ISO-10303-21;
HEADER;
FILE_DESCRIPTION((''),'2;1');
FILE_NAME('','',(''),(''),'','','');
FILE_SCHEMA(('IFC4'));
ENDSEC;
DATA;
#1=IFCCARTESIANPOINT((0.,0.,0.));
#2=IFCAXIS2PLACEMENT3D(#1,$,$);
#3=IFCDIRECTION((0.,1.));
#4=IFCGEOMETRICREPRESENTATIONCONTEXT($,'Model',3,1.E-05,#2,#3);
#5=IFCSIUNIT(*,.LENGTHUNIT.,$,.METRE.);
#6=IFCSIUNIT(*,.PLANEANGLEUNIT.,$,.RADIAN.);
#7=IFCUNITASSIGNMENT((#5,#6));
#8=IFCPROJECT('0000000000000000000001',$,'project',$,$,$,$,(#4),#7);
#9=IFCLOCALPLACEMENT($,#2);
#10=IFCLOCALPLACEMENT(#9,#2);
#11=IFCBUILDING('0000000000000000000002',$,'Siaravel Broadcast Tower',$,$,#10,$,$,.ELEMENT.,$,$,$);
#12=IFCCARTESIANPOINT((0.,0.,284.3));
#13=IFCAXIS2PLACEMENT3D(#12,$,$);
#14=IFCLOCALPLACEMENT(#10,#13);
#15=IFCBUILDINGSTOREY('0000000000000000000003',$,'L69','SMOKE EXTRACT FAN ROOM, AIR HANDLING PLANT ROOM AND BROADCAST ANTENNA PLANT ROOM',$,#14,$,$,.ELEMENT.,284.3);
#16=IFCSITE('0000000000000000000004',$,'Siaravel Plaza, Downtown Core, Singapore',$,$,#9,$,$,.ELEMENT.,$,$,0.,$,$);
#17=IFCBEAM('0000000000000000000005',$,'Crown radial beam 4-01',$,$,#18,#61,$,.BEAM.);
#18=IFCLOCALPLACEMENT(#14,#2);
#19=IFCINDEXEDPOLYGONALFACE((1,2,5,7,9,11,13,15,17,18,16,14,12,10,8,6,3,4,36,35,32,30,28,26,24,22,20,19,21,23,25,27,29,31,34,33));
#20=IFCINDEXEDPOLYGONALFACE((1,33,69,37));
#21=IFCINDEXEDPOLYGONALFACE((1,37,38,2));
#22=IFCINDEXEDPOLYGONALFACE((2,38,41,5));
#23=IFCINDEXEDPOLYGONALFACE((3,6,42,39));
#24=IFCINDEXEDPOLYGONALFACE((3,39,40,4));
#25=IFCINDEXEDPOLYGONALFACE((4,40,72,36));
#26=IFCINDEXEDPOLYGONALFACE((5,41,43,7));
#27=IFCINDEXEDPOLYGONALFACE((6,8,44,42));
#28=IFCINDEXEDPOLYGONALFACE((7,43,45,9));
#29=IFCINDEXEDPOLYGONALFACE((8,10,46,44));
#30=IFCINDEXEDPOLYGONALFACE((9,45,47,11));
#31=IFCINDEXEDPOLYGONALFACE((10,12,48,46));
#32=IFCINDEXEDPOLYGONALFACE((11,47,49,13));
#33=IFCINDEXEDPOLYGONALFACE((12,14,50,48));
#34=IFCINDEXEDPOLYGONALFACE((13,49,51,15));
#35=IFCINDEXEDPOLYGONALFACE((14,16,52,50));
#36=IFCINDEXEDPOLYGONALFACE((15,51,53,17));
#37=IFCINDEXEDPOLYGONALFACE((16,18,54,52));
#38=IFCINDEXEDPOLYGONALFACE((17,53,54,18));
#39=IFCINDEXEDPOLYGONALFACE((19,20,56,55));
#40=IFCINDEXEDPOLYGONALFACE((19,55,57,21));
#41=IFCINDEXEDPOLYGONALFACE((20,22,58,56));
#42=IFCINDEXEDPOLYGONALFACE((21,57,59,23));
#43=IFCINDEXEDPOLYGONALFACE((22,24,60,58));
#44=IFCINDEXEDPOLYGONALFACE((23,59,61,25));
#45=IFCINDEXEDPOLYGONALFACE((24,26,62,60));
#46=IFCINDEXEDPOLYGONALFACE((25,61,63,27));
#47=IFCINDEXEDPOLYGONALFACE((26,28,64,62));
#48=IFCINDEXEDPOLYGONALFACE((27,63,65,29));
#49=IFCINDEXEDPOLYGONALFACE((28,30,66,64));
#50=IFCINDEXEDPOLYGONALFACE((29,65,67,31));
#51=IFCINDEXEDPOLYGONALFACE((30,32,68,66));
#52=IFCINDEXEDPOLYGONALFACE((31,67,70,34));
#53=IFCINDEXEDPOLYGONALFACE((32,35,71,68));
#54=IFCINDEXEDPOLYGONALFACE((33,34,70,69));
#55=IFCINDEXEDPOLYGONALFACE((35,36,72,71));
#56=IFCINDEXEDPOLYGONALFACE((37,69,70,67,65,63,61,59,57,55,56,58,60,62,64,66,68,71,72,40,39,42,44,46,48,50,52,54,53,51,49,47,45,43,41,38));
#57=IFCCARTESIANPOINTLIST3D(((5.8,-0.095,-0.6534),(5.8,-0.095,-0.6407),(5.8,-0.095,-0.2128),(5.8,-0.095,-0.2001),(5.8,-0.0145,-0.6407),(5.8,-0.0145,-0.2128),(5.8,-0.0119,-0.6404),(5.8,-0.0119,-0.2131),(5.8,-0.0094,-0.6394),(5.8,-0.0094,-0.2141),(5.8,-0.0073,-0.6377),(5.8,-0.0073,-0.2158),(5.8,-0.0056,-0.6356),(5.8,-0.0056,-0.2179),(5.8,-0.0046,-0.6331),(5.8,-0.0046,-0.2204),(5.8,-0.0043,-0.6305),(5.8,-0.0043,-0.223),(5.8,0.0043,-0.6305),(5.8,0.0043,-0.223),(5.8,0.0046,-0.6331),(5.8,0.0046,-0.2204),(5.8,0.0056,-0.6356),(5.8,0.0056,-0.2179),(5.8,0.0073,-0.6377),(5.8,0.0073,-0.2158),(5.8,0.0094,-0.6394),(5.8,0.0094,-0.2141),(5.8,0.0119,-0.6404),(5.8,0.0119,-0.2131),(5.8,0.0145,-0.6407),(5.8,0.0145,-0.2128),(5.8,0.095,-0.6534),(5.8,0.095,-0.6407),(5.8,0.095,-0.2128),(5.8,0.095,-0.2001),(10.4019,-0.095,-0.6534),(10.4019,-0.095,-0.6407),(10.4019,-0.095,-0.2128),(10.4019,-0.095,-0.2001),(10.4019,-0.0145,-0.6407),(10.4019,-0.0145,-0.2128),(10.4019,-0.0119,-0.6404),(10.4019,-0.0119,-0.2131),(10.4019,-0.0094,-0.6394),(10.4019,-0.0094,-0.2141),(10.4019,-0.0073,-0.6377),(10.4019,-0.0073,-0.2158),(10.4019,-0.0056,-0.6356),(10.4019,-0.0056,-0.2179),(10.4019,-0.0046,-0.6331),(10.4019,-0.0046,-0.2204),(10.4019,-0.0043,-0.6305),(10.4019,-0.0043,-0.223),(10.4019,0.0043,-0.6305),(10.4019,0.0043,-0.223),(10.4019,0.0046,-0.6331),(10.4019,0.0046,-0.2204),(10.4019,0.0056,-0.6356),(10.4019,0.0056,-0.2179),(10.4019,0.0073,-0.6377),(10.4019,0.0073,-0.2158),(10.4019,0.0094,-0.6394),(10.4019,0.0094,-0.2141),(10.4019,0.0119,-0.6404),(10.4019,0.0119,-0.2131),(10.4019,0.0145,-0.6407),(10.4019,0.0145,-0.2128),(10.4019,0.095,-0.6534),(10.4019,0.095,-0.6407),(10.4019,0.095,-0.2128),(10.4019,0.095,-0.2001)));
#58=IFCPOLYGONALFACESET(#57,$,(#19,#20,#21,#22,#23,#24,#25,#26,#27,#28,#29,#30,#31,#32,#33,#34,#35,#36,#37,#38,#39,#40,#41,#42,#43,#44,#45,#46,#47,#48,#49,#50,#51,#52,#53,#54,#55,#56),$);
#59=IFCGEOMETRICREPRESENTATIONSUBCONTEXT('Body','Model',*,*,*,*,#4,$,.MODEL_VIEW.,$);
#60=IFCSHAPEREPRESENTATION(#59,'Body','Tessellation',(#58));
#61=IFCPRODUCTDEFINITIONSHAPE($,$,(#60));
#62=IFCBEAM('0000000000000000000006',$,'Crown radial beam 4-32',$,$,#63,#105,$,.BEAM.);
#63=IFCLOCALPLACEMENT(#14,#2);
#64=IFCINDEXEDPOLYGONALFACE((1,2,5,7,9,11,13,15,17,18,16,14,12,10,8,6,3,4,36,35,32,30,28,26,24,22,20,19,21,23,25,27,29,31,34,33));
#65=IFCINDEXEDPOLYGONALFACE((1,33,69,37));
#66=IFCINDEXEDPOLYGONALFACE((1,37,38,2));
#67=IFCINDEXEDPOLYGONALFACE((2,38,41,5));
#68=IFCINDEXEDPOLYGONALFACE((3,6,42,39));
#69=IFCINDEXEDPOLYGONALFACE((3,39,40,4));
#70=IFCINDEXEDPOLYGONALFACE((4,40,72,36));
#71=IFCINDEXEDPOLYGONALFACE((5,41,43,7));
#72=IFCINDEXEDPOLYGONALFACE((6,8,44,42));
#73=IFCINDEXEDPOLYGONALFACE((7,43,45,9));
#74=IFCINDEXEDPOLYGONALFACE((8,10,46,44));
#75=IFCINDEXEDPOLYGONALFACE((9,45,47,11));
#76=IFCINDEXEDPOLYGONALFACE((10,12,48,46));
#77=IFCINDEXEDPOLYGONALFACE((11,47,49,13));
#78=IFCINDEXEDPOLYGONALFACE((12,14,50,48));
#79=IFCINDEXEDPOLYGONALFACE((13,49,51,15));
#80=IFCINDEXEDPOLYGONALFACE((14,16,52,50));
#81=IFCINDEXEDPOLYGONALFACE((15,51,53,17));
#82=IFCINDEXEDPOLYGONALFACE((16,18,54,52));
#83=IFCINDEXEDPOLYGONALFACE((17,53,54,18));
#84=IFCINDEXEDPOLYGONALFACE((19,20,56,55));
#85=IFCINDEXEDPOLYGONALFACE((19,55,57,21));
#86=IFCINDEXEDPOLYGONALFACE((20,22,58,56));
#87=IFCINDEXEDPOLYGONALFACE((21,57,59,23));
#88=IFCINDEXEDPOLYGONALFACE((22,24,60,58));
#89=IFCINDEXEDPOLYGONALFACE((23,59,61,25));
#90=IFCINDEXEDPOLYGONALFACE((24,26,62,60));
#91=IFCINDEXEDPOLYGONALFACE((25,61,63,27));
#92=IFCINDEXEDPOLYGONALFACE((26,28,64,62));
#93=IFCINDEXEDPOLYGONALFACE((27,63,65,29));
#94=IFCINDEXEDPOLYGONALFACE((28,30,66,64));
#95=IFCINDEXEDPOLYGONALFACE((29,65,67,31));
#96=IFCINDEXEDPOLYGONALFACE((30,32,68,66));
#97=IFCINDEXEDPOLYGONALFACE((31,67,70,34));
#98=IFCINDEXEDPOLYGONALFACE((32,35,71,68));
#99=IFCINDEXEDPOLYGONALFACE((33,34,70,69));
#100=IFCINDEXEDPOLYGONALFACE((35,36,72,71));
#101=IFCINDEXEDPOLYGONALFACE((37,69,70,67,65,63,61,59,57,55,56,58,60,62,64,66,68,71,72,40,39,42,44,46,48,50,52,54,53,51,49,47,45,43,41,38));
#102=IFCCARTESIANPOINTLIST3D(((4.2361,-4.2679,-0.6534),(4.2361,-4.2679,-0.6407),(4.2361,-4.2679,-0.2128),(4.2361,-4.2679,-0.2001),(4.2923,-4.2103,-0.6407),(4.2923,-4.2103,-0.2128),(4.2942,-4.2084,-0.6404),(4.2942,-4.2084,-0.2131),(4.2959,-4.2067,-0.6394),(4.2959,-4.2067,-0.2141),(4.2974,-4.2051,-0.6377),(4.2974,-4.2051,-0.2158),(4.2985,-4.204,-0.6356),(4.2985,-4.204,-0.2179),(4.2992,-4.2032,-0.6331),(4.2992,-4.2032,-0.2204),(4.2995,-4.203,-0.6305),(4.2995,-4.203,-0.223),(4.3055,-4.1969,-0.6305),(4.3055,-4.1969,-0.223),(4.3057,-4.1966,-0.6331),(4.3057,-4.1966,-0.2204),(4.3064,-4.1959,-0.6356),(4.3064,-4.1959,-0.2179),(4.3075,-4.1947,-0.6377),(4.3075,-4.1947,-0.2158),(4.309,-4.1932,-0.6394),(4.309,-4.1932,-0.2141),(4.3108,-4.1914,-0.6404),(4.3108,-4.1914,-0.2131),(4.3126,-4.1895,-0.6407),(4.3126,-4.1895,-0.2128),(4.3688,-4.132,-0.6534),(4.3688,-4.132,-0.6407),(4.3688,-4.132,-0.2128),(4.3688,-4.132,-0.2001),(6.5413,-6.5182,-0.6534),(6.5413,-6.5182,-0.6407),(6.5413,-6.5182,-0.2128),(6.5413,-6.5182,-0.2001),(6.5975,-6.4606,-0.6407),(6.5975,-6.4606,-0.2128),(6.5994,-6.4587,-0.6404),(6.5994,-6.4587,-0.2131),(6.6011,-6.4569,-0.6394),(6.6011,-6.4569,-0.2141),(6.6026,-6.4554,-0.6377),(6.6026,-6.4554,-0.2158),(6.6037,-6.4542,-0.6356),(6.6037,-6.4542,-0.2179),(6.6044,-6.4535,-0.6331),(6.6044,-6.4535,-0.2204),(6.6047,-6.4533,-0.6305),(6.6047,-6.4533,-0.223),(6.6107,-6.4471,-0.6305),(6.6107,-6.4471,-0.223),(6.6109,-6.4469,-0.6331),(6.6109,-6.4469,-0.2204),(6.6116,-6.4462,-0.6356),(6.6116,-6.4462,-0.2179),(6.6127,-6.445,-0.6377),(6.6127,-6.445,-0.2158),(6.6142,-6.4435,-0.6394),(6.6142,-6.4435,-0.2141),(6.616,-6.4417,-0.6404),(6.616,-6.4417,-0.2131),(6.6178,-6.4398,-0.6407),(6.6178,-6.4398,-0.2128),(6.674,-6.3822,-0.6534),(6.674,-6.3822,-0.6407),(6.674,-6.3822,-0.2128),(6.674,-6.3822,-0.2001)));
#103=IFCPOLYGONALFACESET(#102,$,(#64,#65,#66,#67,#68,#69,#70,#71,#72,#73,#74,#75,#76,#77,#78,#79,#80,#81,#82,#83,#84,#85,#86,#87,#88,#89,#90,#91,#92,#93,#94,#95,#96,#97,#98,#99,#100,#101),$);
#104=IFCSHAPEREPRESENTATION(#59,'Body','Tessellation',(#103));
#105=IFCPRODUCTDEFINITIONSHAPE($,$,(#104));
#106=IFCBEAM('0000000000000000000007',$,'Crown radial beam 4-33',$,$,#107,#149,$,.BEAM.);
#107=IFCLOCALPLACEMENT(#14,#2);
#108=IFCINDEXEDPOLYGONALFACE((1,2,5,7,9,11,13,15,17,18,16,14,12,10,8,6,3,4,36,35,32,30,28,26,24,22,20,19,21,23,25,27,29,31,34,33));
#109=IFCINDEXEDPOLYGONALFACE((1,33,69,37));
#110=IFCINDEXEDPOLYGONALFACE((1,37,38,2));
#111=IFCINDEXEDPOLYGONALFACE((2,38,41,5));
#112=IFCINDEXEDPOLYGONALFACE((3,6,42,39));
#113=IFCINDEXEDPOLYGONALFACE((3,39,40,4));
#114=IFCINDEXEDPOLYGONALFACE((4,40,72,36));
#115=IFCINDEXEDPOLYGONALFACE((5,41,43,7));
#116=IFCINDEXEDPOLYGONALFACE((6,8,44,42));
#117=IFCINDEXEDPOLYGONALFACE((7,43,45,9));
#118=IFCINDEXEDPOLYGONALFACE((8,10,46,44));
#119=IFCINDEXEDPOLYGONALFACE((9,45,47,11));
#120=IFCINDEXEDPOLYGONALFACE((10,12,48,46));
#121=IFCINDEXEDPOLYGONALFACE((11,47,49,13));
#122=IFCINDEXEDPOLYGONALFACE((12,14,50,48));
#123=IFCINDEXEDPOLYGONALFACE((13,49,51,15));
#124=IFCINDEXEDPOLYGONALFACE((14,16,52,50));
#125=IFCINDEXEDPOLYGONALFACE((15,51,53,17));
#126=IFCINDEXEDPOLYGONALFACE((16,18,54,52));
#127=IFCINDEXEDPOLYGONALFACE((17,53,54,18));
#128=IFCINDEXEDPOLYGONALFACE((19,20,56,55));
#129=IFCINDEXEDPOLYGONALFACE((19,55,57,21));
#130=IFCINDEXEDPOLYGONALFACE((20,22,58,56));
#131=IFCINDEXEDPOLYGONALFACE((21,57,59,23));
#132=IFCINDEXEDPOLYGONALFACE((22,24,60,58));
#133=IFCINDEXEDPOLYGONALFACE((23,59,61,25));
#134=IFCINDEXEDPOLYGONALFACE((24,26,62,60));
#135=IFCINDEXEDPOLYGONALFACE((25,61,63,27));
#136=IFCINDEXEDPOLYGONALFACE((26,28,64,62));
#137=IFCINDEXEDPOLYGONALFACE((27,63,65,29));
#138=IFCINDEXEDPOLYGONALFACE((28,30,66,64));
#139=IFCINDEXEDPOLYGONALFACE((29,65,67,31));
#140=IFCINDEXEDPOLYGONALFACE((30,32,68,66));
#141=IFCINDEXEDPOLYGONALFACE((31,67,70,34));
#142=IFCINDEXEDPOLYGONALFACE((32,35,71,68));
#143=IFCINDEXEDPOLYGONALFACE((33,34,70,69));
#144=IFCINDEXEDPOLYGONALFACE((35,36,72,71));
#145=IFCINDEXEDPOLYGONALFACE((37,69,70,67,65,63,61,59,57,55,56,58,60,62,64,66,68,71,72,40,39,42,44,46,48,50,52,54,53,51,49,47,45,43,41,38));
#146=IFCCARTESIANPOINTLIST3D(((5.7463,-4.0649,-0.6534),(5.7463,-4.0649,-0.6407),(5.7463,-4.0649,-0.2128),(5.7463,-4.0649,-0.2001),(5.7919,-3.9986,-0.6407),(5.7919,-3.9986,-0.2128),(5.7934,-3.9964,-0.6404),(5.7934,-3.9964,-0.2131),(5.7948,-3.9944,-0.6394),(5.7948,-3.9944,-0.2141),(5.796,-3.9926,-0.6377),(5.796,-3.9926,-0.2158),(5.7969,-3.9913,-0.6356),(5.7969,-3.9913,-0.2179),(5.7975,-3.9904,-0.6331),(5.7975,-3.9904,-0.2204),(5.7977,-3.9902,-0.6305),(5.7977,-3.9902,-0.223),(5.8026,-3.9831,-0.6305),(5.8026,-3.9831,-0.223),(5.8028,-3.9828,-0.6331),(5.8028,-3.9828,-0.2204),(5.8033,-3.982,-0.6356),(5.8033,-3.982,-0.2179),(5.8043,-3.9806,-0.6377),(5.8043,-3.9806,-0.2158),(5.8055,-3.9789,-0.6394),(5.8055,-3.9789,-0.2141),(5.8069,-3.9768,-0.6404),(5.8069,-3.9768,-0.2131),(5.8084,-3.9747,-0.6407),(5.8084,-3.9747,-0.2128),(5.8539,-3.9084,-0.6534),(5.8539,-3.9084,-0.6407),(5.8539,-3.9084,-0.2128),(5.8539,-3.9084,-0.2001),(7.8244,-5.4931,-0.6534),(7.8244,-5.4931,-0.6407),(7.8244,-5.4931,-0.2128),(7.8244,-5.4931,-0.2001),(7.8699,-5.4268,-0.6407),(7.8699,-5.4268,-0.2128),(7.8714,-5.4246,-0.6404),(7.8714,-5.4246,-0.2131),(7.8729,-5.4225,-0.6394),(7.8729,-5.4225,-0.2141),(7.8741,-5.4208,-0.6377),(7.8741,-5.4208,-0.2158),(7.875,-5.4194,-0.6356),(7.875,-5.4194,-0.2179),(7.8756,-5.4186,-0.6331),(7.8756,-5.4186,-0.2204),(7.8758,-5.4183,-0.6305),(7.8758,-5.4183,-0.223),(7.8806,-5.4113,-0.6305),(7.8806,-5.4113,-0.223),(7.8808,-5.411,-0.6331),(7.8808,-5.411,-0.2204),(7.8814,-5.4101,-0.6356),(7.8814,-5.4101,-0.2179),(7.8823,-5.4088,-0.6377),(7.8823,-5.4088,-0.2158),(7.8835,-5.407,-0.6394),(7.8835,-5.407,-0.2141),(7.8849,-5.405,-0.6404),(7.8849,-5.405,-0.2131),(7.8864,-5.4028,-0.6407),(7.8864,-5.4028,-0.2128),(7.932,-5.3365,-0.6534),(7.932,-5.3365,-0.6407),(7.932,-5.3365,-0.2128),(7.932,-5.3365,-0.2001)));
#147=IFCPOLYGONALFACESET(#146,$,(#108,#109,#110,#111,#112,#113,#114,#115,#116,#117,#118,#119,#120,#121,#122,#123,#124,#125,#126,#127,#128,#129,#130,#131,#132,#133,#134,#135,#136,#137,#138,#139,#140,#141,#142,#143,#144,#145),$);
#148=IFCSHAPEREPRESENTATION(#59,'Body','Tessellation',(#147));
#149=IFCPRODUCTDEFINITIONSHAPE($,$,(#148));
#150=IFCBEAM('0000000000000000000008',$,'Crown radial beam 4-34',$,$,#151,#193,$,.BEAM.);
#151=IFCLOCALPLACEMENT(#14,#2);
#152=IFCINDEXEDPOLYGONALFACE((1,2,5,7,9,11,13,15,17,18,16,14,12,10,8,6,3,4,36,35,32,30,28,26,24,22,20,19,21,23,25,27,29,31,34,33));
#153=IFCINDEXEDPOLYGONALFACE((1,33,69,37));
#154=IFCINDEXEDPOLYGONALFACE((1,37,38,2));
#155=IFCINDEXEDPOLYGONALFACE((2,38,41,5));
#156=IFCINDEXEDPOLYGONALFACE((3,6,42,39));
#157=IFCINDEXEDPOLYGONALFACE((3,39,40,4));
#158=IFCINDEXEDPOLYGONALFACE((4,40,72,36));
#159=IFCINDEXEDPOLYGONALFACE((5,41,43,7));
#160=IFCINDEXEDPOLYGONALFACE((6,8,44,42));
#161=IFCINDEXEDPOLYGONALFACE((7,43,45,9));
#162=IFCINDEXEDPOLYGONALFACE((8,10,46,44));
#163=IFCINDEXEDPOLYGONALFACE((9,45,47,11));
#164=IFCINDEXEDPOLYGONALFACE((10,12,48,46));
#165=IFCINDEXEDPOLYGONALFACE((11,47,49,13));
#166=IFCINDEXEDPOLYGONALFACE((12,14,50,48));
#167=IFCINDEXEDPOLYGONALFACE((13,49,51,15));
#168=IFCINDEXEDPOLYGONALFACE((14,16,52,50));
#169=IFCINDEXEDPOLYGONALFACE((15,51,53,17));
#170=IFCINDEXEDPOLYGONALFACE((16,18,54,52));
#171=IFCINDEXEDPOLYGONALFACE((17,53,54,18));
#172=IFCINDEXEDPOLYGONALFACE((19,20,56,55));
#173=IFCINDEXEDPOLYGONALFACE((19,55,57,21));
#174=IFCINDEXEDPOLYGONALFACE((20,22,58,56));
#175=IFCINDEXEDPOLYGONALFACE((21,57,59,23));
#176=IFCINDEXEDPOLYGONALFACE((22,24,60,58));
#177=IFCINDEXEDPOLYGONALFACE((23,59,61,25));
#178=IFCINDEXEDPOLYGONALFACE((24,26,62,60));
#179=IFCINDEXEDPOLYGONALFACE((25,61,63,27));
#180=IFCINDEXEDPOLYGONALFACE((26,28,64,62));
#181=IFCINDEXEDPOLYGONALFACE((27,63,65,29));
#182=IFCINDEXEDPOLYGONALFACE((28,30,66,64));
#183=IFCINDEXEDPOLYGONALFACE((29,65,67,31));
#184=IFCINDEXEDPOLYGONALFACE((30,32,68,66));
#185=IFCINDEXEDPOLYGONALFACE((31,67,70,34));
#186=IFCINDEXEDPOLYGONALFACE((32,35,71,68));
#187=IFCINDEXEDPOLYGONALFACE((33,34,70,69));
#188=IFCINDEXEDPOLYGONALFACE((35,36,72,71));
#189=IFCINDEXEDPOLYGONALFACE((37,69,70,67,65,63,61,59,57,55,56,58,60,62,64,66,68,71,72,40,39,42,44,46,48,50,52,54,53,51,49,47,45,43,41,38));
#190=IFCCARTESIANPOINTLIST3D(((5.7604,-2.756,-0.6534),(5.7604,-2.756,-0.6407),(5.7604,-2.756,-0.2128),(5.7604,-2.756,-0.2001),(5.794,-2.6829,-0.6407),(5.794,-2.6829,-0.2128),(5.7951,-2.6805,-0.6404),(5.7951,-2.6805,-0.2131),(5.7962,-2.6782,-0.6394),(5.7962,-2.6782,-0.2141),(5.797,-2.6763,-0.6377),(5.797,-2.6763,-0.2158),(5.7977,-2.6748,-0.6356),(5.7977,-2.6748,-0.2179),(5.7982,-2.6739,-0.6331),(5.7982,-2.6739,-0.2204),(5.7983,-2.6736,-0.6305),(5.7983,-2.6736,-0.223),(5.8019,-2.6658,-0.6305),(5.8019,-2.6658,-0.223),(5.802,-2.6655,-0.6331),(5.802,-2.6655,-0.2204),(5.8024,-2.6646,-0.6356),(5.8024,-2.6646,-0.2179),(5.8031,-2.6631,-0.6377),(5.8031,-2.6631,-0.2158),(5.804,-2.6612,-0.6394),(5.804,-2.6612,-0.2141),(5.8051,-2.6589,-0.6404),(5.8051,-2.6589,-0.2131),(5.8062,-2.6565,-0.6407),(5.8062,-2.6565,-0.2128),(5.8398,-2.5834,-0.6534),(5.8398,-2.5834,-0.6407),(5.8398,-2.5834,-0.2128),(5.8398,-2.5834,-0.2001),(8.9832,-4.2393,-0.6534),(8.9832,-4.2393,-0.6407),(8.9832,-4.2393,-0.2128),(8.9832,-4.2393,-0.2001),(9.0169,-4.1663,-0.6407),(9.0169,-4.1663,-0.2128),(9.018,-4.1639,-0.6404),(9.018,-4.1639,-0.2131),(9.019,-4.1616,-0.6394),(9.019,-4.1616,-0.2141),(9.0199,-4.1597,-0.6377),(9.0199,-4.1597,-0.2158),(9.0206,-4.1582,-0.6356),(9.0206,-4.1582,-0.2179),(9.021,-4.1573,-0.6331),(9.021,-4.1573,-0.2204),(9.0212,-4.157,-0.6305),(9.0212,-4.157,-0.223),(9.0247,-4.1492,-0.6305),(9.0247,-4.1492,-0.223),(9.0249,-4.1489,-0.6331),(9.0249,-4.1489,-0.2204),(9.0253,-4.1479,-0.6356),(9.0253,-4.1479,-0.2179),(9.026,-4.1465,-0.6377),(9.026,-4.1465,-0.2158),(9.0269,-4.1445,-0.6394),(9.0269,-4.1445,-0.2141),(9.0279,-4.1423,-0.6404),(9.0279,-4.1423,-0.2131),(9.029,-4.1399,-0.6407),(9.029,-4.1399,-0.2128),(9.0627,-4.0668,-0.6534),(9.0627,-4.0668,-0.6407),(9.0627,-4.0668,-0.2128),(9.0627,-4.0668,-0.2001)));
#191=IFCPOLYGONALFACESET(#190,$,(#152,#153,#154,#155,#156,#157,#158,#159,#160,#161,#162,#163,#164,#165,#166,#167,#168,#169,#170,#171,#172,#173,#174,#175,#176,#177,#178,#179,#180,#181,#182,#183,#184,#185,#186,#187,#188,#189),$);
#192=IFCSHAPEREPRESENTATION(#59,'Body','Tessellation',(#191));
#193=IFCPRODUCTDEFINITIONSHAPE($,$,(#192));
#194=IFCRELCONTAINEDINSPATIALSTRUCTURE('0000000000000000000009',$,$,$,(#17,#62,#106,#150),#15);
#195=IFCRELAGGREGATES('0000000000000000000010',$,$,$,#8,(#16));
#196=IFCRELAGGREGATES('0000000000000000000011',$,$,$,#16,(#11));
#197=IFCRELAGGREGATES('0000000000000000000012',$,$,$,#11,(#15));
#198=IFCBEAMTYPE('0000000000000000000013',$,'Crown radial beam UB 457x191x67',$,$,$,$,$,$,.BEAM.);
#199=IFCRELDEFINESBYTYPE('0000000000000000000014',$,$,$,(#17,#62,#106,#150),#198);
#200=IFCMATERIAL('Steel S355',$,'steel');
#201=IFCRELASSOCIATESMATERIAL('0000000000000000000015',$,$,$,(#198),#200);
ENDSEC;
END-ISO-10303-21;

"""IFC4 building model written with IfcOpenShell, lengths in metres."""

from ifc_helpers import new_model, si_unit, direction, frame, origin, origin_2d, place, context, subcontext, project, spatial, i_section, extrude, material, material_profile, profile_set, type_object, element, save


model = new_model("IFC4")

# Units and contexts
model_context = context("Model", 3, precision=1e-05, world=origin(), true_north=direction((0.0, 1.0)))
body_context = subcontext(model_context, "Body", "Model", "MODEL_VIEW")
ifc_project = project(units=[si_unit("LENGTHUNIT", "METRE"), si_unit("PLANEANGLEUNIT", "RADIAN")], contexts=[model_context])

# Site, building, storey
site_placement = place(None, origin())
site = spatial("IfcSite", under=ifc_project, at=site_placement, Name="Siaravel Plaza, Downtown Core, Singapore", CompositionType="ELEMENT", RefElevation=0.0)
building_placement = place(site_placement, origin())
building = spatial("IfcBuilding", under=site, at=building_placement, Name="Siaravel Broadcast Tower", CompositionType="ELEMENT")
storey_placement = place(building_placement, frame((0.0, 0.0, 284.3)))
storey = spatial("IfcBuildingStorey", under=building, at=storey_placement, Name="L69", Description="SMOKE EXTRACT FAN ROOM, AIR HANDLING PLANT ROOM AND BROADCAST ANTENNA PLANT ROOM", CompositionType="ELEMENT", Elevation=284.3)

# Beams
ifc_material_1 = material(Name="Steel S355", Category="steel")
ifc_material_profile_1 = material_profile(ifc_material_1, i_section(OverallWidth=0.1899, OverallDepth=0.4534, WebThickness=0.0085, FlangeThickness=0.0127, FilletRadius=0.0103, at=origin_2d()))
ifc_profile_set_1 = profile_set([ifc_material_profile_1], Name="Steel S355")
beam_type_1 = type_object("IfcBeamType", Name="Crown radial beam UB 457x191x67", PredefinedType="BEAM", material=ifc_profile_set_1)
beam_1_placement = place(storey_placement, frame((10.4019, 0.0, -0.4268), z_axis=(-1.0, 0.0, 0.0), x_axis=(0.0, -1.0, 0.0)))
element("IfcBeam", 1, at=beam_1_placement, inside=storey, type_object=beam_type_1, Name="Crown radial beam 4-01", PredefinedType="BEAM", context=body_context, shape_type="SweptSolid", body=[
    extrude(i_section(OverallWidth=0.1899, OverallDepth=0.4534, WebThickness=0.0085, FlangeThickness=0.0127, FilletRadius=0.0103, at=origin_2d()), origin(), (0.0, 0.0, 1.0), 4.6018),
])
beam_2_placement = place(storey_placement, frame((6.6077, -6.4502, -0.4268), z_axis=(-0.715581, 0.698529, 0.0), x_axis=(-0.698529, -0.715581, 0.0)))
element("IfcBeam", 2, at=beam_2_placement, inside=storey, type_object=beam_type_1, Name="Crown radial beam 4-32", PredefinedType="BEAM", context=body_context, shape_type="SweptSolid", body=[
    extrude(i_section(OverallWidth=0.1899, OverallDepth=0.4534, WebThickness=0.0085, FlangeThickness=0.0127, FilletRadius=0.0103, at=origin_2d()), origin(), (0.0, 0.0, 1.0), 3.2214),
])
beam_3_placement = place(storey_placement, frame((7.8782, -5.4148, -0.4268), z_axis=(-0.824132, 0.566397, 0.0), x_axis=(-0.566397, -0.824132, 0.0)))
element("IfcBeam", 3, at=beam_3_placement, inside=storey, type_object=beam_type_1, Name="Crown radial beam 4-33", PredefinedType="BEAM", context=body_context, shape_type="SweptSolid", body=[
    extrude(i_section(OverallWidth=0.1899, OverallDepth=0.4534, WebThickness=0.0085, FlangeThickness=0.0127, FilletRadius=0.0103, at=origin_2d()), origin(), (0.0, 0.0, 1.0), 2.5215),
])
beam_4_placement = place(storey_placement, frame((9.0229, -4.1531, -0.4268), z_axis=(-0.908398, 0.418107, 0.0), x_axis=(-0.418107, -0.908398, 0.0)))
element("IfcBeam", 4, at=beam_4_placement, inside=storey, type_object=beam_type_1, Name="Crown radial beam 4-34", PredefinedType="BEAM", context=body_context, shape_type="SweptSolid", body=[
    extrude(i_section(OverallWidth=0.1899, OverallDepth=0.4534, WebThickness=0.0085, FlangeThickness=0.0127, FilletRadius=0.0103, at=origin_2d()), origin(), (0.0, 0.0, 1.0), 3.5479),
])

save(model, "model.ifc")
